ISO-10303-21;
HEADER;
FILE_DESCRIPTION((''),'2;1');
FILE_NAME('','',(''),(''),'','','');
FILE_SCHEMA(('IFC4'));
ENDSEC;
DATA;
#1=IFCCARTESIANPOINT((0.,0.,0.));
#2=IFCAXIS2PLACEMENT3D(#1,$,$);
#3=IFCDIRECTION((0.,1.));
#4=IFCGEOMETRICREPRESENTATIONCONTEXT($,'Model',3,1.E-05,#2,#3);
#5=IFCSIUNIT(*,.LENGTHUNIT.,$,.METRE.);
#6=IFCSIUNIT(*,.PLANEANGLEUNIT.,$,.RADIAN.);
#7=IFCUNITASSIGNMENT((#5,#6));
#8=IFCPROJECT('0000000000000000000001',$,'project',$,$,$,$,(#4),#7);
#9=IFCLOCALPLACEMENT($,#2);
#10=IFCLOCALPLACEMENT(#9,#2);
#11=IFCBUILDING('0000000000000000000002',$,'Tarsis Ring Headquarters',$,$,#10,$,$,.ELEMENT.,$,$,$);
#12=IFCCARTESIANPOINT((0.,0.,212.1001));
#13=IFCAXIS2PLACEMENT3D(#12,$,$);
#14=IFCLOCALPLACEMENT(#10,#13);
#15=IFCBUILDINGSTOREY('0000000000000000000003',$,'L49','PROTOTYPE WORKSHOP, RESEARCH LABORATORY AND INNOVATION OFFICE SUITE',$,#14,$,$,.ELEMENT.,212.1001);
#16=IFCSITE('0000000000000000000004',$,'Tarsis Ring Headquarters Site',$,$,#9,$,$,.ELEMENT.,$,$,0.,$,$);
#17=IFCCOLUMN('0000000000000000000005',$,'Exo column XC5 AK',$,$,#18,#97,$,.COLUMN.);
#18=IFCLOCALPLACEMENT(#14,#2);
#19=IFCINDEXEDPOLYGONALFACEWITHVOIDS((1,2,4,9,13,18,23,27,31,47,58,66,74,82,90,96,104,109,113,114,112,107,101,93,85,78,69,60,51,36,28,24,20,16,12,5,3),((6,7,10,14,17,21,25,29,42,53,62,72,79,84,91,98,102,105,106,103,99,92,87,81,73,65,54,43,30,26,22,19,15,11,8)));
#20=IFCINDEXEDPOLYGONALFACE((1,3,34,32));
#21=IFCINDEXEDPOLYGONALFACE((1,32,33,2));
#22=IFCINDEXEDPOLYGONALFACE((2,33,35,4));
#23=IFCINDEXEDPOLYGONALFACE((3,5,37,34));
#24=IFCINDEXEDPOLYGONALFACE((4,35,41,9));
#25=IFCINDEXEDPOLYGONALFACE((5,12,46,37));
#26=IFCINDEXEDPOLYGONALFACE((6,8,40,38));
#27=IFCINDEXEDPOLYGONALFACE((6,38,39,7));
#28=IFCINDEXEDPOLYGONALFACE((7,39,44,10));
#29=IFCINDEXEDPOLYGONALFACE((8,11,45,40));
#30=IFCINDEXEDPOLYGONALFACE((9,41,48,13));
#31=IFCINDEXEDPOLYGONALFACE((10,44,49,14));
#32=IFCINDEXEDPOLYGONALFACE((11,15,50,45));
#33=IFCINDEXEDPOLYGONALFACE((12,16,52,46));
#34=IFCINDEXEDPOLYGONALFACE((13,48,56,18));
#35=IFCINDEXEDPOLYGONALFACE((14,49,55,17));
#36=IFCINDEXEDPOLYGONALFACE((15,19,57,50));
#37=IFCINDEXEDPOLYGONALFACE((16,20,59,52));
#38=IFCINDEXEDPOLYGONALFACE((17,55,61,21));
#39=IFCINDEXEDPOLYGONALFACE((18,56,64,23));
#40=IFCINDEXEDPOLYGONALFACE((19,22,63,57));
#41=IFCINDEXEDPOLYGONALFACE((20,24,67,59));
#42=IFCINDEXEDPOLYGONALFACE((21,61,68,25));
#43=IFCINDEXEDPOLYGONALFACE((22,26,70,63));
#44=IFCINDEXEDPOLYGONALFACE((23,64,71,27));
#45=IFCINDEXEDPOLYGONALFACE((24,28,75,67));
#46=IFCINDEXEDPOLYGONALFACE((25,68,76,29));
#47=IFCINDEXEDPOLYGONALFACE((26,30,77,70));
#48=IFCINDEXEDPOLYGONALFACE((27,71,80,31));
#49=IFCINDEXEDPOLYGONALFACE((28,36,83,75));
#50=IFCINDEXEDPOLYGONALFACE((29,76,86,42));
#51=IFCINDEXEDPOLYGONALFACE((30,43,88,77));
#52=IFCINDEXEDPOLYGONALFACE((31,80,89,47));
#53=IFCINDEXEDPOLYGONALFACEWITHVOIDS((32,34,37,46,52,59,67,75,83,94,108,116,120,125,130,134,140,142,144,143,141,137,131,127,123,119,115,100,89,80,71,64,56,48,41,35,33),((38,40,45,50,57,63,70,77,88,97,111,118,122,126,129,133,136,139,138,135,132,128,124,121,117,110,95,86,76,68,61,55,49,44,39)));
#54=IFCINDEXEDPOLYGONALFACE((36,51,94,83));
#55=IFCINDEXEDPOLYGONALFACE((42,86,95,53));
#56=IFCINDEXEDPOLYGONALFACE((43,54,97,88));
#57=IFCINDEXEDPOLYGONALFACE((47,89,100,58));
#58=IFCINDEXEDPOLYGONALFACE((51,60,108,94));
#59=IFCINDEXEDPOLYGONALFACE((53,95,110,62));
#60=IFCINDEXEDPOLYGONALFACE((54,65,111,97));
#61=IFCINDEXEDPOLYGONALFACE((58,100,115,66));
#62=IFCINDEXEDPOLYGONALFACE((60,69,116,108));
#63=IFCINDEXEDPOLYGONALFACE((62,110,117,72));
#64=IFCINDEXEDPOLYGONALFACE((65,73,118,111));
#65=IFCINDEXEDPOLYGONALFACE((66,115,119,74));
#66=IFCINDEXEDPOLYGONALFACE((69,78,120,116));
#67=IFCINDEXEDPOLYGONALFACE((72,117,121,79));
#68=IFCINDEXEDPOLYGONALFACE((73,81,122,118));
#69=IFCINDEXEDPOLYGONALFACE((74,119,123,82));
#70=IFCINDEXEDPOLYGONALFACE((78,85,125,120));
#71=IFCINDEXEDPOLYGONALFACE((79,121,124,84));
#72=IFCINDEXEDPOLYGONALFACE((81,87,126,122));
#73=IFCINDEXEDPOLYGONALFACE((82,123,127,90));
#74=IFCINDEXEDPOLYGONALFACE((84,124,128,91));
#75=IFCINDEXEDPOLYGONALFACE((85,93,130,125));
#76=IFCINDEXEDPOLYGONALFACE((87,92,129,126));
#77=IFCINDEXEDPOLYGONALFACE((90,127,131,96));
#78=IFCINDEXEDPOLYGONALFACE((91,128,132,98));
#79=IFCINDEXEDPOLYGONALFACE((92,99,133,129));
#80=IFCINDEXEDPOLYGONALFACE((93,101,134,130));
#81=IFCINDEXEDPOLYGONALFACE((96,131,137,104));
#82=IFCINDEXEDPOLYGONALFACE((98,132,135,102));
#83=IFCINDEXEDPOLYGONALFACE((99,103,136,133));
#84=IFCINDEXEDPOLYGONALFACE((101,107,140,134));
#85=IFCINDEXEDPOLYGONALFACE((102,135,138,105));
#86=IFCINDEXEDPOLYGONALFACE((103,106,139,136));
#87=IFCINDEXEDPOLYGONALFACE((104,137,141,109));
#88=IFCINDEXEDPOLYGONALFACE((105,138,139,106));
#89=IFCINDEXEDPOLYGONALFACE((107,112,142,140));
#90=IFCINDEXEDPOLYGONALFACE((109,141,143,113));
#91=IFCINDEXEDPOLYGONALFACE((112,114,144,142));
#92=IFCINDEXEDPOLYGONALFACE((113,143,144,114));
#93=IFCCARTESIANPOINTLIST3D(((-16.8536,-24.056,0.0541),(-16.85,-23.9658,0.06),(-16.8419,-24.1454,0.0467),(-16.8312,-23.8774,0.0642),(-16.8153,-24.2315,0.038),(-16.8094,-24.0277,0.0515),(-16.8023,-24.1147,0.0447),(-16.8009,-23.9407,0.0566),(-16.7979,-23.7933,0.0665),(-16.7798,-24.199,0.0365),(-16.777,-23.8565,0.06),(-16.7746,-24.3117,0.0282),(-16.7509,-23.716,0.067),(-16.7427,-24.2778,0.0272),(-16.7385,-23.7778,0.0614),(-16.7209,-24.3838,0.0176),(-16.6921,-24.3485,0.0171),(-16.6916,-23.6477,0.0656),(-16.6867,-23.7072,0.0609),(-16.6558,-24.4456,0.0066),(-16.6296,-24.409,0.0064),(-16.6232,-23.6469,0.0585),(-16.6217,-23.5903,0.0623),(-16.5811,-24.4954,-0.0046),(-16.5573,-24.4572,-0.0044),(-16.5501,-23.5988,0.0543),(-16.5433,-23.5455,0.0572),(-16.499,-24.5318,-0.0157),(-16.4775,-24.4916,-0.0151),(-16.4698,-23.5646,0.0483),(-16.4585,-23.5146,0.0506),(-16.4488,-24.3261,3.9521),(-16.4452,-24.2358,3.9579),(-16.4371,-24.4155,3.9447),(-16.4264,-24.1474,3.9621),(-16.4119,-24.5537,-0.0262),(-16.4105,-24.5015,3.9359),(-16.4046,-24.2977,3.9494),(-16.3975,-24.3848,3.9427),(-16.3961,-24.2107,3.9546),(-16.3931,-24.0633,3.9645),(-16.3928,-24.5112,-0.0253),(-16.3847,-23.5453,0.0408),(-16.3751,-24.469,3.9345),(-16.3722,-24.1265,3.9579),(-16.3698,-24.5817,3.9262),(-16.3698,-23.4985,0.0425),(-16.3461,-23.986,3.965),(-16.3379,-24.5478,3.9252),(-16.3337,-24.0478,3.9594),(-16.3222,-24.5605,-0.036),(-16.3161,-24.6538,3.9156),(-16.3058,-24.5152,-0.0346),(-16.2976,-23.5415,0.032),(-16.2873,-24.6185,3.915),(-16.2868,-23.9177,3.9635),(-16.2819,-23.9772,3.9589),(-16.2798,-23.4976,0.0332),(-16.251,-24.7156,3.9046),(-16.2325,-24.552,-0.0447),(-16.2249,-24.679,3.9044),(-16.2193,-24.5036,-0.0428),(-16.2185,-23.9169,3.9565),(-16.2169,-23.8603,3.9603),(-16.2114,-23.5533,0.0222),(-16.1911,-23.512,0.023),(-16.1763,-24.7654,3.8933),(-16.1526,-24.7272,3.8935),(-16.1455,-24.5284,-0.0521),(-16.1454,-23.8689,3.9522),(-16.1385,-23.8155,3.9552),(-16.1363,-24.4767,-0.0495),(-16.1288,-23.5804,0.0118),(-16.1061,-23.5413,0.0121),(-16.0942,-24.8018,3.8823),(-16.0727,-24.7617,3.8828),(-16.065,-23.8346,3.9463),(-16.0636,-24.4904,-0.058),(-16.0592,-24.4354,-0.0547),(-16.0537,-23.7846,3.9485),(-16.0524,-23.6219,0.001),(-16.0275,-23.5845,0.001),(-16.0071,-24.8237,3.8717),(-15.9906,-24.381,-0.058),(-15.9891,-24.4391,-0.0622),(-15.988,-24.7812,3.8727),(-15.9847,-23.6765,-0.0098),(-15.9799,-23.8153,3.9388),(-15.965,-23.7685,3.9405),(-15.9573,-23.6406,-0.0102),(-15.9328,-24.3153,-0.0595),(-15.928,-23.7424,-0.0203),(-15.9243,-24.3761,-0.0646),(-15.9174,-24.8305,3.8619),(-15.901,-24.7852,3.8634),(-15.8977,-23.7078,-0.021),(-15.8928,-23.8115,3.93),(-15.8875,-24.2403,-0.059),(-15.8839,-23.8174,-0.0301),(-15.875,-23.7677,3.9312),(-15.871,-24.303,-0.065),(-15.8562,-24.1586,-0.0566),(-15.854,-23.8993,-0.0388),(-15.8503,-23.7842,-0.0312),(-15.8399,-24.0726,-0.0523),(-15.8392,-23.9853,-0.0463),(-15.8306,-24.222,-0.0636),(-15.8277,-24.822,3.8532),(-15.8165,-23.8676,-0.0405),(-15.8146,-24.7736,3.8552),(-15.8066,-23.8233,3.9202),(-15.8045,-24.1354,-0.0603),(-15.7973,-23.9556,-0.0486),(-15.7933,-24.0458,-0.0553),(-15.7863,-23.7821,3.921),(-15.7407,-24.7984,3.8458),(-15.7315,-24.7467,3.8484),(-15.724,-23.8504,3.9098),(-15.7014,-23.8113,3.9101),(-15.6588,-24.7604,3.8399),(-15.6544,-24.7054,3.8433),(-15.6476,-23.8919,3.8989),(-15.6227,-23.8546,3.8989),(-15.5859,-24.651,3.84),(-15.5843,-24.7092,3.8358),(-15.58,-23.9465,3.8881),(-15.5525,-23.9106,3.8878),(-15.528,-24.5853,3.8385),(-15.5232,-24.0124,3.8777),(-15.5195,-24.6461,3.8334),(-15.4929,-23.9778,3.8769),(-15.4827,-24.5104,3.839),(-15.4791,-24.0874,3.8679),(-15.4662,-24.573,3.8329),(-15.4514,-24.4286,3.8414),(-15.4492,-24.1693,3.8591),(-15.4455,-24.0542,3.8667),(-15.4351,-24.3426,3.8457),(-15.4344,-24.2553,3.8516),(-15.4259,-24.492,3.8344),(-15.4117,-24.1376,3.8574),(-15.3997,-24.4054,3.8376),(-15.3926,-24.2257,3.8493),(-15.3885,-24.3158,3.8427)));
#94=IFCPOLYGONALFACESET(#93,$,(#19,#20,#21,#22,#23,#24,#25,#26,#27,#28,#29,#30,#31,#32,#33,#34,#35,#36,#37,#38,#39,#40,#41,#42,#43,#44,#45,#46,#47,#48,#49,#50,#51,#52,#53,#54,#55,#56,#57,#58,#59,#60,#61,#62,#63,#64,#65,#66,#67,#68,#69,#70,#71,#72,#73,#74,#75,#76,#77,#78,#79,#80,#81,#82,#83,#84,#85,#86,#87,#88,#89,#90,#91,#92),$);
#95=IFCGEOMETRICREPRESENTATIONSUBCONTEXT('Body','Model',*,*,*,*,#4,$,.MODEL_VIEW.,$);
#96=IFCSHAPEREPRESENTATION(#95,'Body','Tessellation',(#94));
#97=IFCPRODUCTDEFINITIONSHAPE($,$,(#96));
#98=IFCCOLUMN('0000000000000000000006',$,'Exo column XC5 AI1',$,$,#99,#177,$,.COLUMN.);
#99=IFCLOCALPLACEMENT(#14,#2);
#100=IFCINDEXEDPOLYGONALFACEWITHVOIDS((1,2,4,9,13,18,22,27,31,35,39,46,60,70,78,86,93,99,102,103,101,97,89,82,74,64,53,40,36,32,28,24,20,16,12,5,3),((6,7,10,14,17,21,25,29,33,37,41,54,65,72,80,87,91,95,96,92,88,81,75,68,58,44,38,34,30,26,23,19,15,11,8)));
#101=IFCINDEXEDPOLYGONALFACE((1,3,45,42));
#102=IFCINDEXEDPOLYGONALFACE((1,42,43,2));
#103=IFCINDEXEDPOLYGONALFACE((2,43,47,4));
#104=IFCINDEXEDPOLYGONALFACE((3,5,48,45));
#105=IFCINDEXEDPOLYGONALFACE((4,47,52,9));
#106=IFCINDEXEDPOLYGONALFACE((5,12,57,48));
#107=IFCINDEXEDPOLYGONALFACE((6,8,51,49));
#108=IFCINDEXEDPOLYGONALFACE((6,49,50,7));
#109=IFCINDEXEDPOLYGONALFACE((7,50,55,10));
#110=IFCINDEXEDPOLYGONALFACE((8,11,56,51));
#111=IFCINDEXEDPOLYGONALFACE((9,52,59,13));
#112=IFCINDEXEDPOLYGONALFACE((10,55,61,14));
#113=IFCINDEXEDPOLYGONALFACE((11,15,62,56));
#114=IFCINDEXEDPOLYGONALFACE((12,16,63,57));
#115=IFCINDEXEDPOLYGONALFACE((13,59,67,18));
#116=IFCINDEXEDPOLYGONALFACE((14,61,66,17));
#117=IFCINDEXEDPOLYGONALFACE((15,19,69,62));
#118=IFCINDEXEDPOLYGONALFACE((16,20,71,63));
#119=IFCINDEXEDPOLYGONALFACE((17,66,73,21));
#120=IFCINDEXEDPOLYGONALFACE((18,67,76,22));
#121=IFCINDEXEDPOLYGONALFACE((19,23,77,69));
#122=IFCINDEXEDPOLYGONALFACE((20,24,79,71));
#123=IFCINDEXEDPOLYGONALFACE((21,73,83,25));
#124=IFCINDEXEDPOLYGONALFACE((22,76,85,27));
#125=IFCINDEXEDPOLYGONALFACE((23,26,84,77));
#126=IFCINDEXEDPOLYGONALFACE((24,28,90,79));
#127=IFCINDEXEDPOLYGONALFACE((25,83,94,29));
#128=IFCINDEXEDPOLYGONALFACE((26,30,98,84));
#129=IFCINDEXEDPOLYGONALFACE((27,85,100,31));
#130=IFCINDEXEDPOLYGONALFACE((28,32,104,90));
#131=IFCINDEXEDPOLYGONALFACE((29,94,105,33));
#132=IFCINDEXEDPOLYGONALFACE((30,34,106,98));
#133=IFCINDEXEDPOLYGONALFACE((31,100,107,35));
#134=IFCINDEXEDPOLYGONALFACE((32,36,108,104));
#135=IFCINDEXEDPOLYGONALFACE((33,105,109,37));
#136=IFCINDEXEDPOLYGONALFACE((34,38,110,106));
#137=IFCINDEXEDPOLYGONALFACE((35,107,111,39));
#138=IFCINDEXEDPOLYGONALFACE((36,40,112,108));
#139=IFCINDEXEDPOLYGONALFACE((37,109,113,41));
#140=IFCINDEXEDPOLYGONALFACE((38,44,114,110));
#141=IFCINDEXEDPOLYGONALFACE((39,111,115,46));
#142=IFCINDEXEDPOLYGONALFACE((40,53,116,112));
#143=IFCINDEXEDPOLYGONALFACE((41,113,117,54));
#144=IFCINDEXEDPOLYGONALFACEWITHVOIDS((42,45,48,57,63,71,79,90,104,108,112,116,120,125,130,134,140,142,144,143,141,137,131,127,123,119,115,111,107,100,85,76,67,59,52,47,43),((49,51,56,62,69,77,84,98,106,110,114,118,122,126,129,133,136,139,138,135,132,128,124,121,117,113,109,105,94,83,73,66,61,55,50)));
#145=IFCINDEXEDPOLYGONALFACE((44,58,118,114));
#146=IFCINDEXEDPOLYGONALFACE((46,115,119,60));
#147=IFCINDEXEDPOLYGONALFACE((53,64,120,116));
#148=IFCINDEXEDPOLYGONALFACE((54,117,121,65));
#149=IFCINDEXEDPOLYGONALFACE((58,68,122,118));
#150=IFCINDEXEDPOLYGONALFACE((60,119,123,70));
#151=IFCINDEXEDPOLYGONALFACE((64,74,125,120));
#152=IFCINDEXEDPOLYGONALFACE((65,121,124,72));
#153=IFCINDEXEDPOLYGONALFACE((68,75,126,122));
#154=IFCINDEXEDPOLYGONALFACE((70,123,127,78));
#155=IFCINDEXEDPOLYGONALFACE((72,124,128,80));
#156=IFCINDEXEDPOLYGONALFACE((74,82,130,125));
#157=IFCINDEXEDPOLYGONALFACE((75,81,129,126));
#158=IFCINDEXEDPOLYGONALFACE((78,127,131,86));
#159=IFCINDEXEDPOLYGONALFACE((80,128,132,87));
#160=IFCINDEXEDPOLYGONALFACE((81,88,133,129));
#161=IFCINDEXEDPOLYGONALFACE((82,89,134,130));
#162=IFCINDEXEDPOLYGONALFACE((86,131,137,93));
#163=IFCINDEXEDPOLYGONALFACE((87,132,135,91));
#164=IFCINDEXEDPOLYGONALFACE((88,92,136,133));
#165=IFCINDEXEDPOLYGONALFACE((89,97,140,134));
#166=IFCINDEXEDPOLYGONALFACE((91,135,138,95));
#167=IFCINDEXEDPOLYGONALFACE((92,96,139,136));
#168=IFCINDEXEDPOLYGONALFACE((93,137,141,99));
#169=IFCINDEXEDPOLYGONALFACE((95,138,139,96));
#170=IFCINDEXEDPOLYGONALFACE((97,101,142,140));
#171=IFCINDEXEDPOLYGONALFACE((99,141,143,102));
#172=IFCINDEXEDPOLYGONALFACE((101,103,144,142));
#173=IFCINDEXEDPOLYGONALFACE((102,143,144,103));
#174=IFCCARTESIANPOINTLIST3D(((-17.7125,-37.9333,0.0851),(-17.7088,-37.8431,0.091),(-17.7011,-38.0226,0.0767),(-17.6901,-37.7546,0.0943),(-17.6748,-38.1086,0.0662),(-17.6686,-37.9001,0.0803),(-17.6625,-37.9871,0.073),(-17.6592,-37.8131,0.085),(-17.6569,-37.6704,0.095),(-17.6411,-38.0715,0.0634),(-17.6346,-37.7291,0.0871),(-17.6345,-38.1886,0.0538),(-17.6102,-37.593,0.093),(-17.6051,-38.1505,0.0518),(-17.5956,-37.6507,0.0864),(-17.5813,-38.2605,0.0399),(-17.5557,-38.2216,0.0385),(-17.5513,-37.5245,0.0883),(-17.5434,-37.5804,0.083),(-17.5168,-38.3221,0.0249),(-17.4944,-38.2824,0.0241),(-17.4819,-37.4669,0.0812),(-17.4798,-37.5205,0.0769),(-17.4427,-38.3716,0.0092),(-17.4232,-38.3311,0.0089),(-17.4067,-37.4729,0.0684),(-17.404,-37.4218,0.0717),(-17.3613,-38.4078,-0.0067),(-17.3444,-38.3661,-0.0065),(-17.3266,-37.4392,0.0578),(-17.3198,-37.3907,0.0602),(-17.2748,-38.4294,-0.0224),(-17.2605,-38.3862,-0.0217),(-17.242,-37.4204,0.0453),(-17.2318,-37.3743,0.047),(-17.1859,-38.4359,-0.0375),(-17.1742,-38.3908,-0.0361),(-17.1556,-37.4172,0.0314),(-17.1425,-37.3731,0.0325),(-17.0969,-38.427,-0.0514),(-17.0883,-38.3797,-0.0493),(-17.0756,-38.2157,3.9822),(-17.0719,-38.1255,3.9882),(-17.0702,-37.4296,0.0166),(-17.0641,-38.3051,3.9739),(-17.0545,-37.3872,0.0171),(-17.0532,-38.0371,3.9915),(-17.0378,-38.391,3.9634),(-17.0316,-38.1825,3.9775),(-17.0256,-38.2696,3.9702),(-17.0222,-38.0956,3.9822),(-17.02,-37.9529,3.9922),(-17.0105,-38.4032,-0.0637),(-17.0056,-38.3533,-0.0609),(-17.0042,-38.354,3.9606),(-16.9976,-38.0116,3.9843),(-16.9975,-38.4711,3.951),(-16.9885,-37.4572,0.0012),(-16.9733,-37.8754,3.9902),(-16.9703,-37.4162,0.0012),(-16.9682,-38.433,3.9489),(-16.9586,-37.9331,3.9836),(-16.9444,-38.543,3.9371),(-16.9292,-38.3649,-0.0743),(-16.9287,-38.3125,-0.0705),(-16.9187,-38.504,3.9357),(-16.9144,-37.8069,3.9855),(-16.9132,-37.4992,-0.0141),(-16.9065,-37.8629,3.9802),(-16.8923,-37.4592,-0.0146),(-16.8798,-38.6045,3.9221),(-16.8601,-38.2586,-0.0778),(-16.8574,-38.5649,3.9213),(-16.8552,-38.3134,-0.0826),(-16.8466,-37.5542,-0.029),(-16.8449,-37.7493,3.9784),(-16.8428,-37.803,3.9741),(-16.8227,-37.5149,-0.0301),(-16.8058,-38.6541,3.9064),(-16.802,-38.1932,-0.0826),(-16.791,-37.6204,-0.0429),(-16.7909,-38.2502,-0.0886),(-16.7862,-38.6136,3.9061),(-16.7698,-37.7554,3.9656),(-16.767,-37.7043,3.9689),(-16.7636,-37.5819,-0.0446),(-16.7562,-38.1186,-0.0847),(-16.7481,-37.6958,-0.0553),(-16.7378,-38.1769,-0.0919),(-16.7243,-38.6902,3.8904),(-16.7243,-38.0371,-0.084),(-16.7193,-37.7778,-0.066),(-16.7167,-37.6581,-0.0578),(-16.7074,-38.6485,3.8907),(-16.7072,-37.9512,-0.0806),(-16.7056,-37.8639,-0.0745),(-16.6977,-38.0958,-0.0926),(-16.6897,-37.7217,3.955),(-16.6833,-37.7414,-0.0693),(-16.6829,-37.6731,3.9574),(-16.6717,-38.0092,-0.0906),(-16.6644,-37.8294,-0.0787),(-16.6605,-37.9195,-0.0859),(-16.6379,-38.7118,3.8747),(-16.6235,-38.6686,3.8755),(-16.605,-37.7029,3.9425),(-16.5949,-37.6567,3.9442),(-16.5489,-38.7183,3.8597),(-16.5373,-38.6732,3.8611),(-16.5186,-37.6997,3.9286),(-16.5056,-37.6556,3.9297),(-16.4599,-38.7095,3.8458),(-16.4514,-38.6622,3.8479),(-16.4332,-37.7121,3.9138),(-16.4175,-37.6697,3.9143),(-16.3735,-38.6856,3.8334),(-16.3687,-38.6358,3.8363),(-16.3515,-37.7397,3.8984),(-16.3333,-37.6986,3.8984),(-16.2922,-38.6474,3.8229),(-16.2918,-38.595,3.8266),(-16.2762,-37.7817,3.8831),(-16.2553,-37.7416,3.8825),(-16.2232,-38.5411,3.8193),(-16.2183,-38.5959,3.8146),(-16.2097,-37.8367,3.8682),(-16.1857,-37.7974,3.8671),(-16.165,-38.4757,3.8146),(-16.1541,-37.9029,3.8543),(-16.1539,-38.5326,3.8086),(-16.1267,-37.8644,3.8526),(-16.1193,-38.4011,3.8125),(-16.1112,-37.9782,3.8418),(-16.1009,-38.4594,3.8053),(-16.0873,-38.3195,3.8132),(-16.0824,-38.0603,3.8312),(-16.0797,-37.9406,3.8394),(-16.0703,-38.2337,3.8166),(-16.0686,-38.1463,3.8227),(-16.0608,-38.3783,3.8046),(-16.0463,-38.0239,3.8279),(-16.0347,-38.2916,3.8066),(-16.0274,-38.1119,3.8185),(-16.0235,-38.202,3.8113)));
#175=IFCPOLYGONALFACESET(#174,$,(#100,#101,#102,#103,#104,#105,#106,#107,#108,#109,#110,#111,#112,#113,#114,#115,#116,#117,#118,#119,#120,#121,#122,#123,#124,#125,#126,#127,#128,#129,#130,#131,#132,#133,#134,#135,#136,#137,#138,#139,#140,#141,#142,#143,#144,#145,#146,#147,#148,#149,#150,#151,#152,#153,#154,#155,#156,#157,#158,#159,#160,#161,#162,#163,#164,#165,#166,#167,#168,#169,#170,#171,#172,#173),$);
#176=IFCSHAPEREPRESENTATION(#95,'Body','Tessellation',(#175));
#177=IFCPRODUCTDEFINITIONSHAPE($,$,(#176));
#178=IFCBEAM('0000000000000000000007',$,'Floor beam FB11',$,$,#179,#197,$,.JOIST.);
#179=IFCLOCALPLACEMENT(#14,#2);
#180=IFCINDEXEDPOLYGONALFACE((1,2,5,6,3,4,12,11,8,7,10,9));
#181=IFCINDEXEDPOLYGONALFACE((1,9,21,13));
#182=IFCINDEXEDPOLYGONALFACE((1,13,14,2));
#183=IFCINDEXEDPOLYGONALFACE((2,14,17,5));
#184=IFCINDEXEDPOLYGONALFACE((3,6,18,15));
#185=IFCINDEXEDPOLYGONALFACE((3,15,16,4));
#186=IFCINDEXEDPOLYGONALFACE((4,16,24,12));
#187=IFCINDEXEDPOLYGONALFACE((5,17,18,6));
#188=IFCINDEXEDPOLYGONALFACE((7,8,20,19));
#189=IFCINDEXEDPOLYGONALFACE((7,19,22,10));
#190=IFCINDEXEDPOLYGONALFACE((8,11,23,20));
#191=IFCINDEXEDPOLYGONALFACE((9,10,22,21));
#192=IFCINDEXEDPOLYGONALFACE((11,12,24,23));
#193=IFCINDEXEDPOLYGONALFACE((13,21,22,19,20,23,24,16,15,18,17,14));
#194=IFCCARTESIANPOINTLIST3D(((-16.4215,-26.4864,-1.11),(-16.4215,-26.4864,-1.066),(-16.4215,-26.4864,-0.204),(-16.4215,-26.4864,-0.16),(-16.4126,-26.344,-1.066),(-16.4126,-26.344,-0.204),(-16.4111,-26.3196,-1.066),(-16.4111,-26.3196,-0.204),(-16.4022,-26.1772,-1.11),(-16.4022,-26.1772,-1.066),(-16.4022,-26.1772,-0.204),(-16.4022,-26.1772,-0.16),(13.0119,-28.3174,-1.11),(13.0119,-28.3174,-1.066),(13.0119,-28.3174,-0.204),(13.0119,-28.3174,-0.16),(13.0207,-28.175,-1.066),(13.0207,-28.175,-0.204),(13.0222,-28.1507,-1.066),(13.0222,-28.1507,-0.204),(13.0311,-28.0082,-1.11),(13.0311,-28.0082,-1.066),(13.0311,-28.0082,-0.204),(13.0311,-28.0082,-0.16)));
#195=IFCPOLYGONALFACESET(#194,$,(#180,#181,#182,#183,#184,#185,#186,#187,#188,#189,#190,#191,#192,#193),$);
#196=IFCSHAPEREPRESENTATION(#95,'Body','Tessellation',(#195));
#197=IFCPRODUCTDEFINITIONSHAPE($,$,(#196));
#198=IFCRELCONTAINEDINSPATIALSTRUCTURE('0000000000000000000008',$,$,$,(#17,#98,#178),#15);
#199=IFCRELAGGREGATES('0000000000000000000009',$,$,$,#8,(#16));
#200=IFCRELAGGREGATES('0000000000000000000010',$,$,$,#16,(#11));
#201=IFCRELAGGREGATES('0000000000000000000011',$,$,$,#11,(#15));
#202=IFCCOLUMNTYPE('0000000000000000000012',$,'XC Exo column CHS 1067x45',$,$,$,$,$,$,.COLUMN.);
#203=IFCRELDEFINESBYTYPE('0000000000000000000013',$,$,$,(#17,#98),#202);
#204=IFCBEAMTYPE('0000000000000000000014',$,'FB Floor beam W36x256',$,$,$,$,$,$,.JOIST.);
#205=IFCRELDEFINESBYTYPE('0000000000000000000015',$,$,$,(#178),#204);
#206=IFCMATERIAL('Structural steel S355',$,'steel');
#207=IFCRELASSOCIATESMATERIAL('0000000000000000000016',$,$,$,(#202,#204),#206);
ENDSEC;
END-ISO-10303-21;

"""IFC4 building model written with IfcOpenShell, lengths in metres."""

from ifc_helpers import new_model, si_unit, direction, frame, origin, origin_2d, place, context, subcontext, project, spatial, hollow_circle, i_section, extrude, material, material_profile, profile_set, type_object, element, save


model = new_model("IFC4")

# Units and contexts
model_context = context("Model", 3, precision=1e-05, world=origin(), true_north=direction((0.0, 1.0)))
body_context = subcontext(model_context, "Body", "Model", "MODEL_VIEW")
ifc_project = project(units=[si_unit("LENGTHUNIT", "METRE"), si_unit("PLANEANGLEUNIT", "RADIAN")], contexts=[model_context])

# Site, building, storey
site_placement = place(None, origin())
site = spatial("IfcSite", under=ifc_project, at=site_placement, Name="Tarsis Ring Headquarters Site", CompositionType="ELEMENT", RefElevation=0.0)
building_placement = place(site_placement, origin())
building = spatial("IfcBuilding", under=site, at=building_placement, Name="Tarsis Ring Headquarters", CompositionType="ELEMENT")
storey_placement = place(building_placement, frame((0.0, 0.0, 212.1001)))
storey = spatial("IfcBuildingStorey", under=building, at=storey_placement, Name="L49", Description="PROTOTYPE WORKSHOP, RESEARCH LABORATORY AND INNOVATION OFFICE SUITE", CompositionType="ELEMENT", Elevation=212.1001)

# Columns
ifc_material_1 = material(Name="Structural steel S355", Category="steel")
ifc_material_profile_1 = material_profile(ifc_material_1, hollow_circle(Radius=0.5334, WallThickness=0.0449, at=origin_2d()), Name="CHS 1067x45")
ifc_profile_set_1 = profile_set([ifc_material_profile_1], Name="Structural steel S355")
column_type = type_object("IfcColumnType", Name="XC Exo column CHS 1067x45", PredefinedType="COLUMN", material=ifc_profile_set_1)
column_1_placement = place(storey_placement, frame((-16.3235, -24.0283, 0.001), z_axis=(0.103046, -0.068739, 0.992299), x_axis=(0.554932, 0.831896, 0.0)))
element("IfcColumn", 1, at=column_1_placement, inside=storey, type_object=column_type, Name="Exo column XC5 AK", PredefinedType="COLUMN", context=body_context, shape_type="SweptSolid", body=[
    extrude(hollow_circle(Radius=0.5334, WallThickness=0.0449, at=origin_2d()), origin(), (0.0, 0.0, 1.0), 3.9282),
])
column_2_placement = place(storey_placement, frame((-17.1865, -37.9038, 0.0012), z_axis=(0.160889, -0.071349, 0.98439), x_axis=(0.405391, 0.914144, 0.0)))
element("IfcColumn", 2, at=column_2_placement, inside=storey, type_object=column_type, Name="Exo column XC5 AI1", PredefinedType="COLUMN", context=body_context, shape_type="SweptSolid", body=[
    extrude(hollow_circle(Radius=0.5334, WallThickness=0.0449, at=origin_2d()), origin(), (0.0, 0.0, 1.0), 3.959),
])

# Beam
ifc_material_profile_2 = material_profile(ifc_material_1, i_section(OverallWidth=0.3098, OverallDepth=0.95, WebThickness=0.0244, FlangeThickness=0.0439, at=origin_2d()), Name="W36x256")
ifc_profile_set_2 = profile_set([ifc_material_profile_2], Name="Structural steel S355")
beam_type_1 = type_object("IfcBeamType", Name="FB Floor beam W36x256", PredefinedType="JOIST", material=ifc_profile_set_2)
beam_1_placement = place(storey_placement, frame((-16.4119, -26.3318, -0.635), z_axis=(0.998071, -0.06209, 0.0), x_axis=(0.06209, 0.998071, 0.0)))
element("IfcBeam", 3, at=beam_1_placement, inside=storey, type_object=beam_type_1, Name="Floor beam FB11", PredefinedType="JOIST", context=body_context, shape_type="SweptSolid", body=[
    extrude(i_section(OverallWidth=0.3098, OverallDepth=0.95, WebThickness=0.0244, FlangeThickness=0.0439, at=origin_2d()), origin(), (0.0, 0.0, 1.0), 29.4902),
])

save(model, "model.ifc")
